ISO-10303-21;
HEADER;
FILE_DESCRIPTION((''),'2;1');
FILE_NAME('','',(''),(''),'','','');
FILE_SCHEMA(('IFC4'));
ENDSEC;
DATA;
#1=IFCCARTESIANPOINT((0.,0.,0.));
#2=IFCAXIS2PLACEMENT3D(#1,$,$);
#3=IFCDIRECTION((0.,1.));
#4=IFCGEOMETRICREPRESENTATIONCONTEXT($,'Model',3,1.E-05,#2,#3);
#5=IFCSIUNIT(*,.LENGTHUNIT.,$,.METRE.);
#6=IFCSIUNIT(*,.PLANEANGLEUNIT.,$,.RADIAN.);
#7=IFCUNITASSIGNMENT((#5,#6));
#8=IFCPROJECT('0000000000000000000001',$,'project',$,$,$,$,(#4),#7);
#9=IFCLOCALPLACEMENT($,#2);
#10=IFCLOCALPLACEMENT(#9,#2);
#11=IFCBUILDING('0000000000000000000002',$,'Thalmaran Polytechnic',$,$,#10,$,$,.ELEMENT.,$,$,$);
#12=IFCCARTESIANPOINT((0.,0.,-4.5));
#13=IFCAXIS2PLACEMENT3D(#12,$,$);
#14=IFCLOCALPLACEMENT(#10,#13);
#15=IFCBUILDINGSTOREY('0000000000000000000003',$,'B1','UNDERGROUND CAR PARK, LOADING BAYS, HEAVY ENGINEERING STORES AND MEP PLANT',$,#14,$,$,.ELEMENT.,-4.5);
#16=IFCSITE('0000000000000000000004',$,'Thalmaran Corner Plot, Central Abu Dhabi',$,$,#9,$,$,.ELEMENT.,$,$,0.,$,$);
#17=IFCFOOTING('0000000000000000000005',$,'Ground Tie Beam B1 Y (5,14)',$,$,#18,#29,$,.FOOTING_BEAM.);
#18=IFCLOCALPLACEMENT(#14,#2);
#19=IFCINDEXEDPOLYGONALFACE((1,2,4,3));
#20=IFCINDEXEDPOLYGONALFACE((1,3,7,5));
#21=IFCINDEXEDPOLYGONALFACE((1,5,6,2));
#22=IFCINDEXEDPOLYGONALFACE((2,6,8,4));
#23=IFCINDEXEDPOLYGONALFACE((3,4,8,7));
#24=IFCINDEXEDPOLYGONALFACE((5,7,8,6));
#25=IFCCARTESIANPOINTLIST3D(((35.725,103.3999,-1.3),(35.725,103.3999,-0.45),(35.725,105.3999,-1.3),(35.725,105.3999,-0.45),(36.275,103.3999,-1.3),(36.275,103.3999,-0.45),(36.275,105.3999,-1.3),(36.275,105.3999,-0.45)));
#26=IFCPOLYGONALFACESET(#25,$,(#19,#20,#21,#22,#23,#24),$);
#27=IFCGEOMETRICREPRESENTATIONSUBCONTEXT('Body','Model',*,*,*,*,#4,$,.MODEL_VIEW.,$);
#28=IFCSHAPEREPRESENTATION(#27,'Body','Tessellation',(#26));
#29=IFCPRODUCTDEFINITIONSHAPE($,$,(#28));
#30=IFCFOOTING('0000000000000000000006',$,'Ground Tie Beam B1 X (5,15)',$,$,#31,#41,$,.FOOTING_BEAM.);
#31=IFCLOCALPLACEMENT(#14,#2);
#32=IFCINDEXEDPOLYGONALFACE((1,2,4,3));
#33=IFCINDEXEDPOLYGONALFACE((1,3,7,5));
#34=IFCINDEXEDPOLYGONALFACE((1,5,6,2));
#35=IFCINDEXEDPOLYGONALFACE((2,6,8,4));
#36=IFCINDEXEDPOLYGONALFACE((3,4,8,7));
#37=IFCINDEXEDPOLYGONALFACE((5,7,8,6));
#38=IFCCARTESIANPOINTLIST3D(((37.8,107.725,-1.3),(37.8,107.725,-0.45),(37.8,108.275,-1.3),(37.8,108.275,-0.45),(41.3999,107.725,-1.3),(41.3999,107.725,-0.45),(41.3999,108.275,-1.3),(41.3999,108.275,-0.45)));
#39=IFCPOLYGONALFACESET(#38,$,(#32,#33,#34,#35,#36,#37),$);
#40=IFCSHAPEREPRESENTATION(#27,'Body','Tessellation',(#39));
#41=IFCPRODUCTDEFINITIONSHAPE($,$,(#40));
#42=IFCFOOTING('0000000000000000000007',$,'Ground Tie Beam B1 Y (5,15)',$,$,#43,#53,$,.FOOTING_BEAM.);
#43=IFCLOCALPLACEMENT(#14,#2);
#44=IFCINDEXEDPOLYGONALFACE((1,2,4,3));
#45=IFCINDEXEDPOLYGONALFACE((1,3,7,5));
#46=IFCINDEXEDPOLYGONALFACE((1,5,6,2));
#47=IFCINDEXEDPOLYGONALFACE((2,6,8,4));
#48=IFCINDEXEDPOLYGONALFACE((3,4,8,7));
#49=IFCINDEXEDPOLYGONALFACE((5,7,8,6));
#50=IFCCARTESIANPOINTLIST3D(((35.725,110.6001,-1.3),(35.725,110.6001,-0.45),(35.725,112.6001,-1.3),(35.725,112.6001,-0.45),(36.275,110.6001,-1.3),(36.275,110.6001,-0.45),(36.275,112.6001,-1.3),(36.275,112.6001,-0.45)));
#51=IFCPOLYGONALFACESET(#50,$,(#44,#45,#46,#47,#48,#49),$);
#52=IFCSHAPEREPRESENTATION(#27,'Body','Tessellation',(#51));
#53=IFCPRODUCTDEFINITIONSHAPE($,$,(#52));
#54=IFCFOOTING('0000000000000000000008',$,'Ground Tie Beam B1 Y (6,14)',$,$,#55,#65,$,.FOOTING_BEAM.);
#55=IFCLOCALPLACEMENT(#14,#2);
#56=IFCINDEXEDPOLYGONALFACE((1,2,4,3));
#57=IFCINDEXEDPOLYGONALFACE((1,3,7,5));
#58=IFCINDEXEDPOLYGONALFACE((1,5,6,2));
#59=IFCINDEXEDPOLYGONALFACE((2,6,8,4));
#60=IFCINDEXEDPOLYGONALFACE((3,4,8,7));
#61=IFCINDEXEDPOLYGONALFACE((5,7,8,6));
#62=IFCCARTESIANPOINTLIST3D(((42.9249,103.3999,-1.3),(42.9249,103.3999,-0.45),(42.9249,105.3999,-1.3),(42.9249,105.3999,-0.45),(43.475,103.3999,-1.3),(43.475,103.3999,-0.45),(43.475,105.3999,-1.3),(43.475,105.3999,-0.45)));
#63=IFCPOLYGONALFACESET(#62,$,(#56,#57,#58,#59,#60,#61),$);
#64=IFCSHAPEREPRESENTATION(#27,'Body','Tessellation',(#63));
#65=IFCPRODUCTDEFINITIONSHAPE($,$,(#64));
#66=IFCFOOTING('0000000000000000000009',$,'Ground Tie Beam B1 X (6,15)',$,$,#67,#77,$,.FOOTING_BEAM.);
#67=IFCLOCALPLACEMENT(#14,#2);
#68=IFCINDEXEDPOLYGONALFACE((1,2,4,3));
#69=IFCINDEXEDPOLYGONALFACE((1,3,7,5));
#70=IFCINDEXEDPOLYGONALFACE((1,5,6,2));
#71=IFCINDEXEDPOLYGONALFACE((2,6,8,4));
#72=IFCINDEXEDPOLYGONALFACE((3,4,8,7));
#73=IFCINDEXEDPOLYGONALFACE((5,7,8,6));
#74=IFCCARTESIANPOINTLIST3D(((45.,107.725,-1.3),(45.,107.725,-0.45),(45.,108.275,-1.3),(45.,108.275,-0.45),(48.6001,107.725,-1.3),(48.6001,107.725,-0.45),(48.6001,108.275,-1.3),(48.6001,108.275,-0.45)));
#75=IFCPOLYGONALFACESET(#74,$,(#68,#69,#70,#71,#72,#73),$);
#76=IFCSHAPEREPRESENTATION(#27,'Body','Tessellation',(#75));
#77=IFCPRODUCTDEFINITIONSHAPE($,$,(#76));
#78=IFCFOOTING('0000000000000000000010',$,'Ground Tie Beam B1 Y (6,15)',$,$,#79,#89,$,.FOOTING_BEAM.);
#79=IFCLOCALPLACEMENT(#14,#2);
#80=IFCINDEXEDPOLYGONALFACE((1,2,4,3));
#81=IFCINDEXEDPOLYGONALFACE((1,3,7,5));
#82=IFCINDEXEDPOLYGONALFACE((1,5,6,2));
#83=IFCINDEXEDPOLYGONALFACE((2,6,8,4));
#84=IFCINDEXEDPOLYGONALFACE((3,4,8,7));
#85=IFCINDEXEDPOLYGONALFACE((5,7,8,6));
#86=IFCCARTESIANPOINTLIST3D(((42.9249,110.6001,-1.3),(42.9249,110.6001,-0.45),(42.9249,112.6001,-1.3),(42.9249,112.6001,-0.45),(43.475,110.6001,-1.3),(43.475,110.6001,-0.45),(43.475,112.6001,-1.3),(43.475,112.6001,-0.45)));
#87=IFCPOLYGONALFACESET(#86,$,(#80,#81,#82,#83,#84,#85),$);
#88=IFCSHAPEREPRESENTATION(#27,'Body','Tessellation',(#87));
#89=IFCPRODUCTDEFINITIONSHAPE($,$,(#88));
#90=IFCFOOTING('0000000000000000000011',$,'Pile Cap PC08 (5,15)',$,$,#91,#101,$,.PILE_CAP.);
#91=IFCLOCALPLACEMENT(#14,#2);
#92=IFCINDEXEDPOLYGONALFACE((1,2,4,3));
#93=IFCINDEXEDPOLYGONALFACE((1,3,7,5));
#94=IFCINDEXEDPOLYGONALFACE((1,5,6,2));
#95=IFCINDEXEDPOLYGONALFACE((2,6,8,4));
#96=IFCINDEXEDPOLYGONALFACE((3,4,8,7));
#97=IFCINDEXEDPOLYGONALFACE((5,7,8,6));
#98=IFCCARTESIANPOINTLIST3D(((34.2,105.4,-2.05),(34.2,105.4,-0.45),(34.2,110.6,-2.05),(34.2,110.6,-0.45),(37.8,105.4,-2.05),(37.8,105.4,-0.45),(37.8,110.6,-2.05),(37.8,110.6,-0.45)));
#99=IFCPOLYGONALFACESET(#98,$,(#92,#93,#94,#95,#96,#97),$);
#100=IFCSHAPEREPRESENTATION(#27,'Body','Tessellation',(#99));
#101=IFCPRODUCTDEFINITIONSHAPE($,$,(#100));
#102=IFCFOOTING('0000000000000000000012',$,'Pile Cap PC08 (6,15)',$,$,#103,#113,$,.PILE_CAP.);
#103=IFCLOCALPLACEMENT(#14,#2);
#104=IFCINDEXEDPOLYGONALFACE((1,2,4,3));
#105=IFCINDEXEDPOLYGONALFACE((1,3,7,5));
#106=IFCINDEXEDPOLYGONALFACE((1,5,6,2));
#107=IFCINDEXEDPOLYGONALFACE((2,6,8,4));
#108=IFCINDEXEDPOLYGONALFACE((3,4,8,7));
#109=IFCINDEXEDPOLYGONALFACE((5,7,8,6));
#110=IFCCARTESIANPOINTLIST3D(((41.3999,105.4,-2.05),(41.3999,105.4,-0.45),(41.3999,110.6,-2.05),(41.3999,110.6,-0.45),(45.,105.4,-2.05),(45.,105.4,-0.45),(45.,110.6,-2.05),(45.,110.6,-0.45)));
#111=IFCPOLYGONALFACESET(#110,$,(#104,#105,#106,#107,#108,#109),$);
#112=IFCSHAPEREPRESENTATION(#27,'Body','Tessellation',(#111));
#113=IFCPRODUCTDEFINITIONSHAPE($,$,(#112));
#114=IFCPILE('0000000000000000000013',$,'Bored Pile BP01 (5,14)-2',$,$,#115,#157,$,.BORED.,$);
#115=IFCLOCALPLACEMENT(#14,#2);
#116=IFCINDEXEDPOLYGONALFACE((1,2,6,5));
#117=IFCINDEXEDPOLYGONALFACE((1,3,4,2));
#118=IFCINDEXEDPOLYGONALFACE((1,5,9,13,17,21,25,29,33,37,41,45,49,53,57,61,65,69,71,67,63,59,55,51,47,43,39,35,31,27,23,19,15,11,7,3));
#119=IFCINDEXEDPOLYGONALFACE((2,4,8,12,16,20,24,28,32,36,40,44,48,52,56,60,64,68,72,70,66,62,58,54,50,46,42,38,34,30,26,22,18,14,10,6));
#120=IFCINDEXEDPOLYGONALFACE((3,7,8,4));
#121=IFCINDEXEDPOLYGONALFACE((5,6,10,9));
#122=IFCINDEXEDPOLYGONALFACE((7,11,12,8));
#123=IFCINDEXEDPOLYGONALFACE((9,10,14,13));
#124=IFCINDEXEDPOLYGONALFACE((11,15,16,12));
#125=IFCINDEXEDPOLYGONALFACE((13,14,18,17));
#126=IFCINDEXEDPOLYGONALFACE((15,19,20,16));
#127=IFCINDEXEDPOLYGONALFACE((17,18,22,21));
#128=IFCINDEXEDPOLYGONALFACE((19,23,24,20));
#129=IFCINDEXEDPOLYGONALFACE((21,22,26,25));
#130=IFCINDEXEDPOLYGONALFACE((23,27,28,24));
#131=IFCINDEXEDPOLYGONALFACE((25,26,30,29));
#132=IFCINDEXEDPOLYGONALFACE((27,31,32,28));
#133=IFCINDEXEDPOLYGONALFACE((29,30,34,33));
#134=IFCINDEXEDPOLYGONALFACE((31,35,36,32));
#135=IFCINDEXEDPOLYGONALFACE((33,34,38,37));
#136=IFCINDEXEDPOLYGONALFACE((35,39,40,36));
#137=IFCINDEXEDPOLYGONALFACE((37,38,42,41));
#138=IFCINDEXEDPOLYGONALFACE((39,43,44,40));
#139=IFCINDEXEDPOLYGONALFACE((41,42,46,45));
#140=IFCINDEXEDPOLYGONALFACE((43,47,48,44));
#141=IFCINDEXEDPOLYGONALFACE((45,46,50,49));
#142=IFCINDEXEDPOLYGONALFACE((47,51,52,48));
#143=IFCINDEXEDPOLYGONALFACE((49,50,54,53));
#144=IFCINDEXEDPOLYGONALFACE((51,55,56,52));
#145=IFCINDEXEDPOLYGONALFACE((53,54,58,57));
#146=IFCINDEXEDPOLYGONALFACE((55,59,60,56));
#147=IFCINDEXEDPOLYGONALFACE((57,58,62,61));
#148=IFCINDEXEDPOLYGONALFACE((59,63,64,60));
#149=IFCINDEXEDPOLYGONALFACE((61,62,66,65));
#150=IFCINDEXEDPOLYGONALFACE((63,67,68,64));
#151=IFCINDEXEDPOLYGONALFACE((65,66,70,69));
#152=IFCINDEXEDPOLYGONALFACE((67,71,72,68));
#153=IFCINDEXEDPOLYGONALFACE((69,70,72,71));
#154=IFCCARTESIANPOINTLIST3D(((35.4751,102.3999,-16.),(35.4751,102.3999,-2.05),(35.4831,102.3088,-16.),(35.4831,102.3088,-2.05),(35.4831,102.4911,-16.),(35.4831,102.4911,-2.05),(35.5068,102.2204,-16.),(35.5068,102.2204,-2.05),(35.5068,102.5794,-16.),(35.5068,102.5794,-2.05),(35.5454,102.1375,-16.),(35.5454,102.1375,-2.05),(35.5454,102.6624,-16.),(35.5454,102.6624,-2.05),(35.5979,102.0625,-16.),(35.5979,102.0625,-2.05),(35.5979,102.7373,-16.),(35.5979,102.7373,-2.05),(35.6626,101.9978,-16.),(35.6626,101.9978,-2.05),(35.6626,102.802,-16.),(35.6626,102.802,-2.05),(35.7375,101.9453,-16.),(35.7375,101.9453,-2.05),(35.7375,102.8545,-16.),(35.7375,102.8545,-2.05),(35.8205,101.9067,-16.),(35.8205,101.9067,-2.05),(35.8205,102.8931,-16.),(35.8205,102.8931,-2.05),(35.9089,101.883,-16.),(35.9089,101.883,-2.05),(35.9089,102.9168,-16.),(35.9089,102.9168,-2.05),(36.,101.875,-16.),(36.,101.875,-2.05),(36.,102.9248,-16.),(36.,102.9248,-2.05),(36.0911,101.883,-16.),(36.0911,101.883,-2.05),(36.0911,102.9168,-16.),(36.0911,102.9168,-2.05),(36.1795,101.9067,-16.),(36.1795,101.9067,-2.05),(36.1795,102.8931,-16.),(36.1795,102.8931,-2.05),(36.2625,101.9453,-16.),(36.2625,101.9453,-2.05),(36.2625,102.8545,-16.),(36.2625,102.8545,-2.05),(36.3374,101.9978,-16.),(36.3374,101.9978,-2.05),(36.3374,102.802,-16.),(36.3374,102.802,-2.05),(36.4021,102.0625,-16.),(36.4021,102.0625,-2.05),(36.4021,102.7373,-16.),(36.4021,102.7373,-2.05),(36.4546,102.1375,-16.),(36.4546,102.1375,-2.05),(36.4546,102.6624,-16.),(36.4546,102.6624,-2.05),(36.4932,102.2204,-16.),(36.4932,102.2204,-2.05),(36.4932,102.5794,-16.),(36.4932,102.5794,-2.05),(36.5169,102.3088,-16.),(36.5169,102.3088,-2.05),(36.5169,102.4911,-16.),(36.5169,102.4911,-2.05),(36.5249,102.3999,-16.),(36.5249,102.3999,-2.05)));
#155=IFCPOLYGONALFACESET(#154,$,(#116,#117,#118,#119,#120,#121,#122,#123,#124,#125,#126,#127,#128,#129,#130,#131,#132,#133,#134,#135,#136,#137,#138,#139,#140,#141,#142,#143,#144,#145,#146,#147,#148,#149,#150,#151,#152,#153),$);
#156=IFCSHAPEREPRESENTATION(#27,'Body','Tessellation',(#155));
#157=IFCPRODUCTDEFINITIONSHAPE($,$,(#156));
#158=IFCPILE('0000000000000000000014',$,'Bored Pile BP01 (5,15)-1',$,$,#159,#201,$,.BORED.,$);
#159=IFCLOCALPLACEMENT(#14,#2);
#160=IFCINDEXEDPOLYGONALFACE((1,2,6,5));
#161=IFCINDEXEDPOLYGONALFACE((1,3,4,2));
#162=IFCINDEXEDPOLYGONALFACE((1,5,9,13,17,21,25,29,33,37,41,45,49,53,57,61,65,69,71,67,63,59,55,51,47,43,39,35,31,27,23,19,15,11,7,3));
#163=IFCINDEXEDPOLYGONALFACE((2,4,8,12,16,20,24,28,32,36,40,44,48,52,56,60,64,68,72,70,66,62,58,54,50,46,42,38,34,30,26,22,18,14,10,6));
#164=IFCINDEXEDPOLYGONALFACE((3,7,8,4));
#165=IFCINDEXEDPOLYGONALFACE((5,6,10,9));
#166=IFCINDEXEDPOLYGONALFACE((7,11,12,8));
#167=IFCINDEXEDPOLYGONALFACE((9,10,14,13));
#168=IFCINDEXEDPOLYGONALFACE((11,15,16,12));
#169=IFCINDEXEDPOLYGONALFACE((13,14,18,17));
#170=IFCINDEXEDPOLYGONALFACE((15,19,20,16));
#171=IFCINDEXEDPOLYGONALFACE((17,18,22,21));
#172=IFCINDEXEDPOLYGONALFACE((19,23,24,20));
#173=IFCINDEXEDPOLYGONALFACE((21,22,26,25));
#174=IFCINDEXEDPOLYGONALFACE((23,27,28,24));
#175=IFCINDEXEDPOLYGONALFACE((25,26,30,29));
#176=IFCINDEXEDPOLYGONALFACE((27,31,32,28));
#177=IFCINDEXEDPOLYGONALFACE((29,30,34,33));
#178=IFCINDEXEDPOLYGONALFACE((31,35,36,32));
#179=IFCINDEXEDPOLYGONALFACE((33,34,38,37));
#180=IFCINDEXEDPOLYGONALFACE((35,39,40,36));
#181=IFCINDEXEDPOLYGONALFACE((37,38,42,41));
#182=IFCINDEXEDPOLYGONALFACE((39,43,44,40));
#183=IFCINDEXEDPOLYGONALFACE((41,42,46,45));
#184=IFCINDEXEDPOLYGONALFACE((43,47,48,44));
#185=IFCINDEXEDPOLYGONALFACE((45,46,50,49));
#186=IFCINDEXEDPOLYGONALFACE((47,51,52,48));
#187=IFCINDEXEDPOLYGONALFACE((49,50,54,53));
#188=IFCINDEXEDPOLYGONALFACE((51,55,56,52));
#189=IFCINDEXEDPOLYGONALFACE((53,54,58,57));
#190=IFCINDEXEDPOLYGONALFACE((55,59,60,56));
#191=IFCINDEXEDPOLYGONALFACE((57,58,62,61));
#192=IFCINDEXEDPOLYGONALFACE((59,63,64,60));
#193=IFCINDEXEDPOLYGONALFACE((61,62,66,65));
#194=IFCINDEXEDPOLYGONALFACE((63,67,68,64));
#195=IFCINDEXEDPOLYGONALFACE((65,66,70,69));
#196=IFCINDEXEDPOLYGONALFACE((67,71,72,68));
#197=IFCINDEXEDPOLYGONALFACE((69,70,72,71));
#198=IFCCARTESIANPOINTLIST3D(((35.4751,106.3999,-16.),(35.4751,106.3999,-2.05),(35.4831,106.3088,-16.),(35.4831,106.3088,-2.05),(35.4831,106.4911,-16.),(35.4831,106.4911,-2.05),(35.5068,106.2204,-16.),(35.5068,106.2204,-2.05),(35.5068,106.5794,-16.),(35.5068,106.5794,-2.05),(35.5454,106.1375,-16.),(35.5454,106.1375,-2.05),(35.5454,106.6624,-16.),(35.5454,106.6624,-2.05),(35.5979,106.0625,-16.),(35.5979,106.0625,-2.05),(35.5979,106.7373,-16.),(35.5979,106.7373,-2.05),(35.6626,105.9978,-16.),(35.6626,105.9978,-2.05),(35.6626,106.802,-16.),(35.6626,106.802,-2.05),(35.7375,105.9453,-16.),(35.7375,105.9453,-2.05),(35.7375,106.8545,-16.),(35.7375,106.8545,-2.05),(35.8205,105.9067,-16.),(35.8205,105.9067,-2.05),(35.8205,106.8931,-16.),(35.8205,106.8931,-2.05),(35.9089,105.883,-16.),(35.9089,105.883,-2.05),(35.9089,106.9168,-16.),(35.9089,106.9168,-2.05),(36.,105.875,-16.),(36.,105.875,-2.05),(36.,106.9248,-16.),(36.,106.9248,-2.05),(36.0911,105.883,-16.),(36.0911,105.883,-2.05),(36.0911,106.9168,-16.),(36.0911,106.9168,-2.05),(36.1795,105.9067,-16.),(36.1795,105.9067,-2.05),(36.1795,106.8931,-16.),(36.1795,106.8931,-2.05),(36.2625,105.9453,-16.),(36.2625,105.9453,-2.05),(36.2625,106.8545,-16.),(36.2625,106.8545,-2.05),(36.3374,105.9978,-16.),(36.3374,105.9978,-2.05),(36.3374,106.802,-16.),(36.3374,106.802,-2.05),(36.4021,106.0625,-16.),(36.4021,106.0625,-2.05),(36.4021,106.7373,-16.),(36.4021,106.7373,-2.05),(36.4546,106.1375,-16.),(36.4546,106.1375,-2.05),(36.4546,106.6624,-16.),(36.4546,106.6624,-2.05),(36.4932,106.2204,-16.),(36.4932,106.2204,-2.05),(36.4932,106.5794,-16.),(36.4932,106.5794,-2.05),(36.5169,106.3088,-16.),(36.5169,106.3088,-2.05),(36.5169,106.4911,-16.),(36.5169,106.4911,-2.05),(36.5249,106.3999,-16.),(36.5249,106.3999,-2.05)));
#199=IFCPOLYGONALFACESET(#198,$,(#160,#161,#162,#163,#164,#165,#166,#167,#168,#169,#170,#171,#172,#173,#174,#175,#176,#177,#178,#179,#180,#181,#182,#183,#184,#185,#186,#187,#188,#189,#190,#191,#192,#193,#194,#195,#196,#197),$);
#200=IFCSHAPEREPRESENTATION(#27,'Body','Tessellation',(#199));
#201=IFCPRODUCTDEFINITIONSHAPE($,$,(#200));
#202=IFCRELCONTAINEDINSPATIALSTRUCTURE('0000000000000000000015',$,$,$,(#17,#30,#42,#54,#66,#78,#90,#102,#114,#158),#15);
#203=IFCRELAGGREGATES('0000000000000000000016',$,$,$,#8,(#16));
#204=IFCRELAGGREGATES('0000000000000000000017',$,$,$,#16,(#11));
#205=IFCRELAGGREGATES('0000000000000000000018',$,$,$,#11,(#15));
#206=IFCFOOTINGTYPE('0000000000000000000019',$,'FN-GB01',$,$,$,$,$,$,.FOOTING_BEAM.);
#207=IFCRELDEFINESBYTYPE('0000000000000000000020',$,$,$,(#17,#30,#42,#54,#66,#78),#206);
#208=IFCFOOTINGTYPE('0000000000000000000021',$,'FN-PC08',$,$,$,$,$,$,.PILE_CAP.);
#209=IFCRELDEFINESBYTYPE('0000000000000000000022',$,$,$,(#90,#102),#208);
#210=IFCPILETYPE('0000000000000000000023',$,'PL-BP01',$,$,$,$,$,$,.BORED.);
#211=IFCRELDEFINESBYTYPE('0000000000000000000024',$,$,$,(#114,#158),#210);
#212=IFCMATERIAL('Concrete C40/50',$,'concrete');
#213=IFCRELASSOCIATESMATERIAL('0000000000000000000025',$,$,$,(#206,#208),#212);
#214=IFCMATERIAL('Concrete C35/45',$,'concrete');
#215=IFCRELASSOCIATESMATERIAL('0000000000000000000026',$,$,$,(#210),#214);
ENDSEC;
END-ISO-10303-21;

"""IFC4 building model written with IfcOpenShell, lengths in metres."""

from ifc_helpers import new_model, si_unit, direction, frame, origin, origin_2d, place, context, subcontext, project, spatial, rectangle, circle, extrude, material, material_profile, profile_set, type_object, element, save


model = new_model("IFC4")

# Units and contexts
model_context = context("Model", 3, precision=1e-05, world=origin(), true_north=direction((0.0, 1.0)))
body_context = subcontext(model_context, "Body", "Model", "MODEL_VIEW")
ifc_project = project(units=[si_unit("LENGTHUNIT", "METRE"), si_unit("PLANEANGLEUNIT", "RADIAN")], contexts=[model_context])

# Site, building, storey
site_placement = place(None, origin())
site = spatial("IfcSite", under=ifc_project, at=site_placement, Name="Thalmaran Corner Plot, Central Abu Dhabi", CompositionType="ELEMENT", RefElevation=0.0)
building_placement = place(site_placement, origin())
building = spatial("IfcBuilding", under=site, at=building_placement, Name="Thalmaran Polytechnic", CompositionType="ELEMENT")
storey_placement = place(building_placement, frame((0.0, 0.0, -4.5)))
storey = spatial("IfcBuildingStorey", under=building, at=storey_placement, Name="B1", Description="UNDERGROUND CAR PARK, LOADING BAYS, HEAVY ENGINEERING STORES AND MEP PLANT", CompositionType="ELEMENT", Elevation=-4.5)

# Footings
ifc_material_1 = material(Name="Concrete C40/50", Category="concrete")
ifc_material_profile_1 = material_profile(ifc_material_1, rectangle(XDim=0.55, YDim=0.8501, at=origin_2d()), Name="RC 550x850")
ifc_profile_set_1 = profile_set([ifc_material_profile_1], Name="Concrete C40/50")
footing_type_1 = type_object("IfcFootingType", Name="FN-GB01", PredefinedType="FOOTING_BEAM", material=ifc_profile_set_1)
footing_1_placement = place(storey_placement, frame((36.0, 103.3999, -0.875), z_axis=(0.0, 1.0, 0.0), x_axis=(-1.0, 0.0, 0.0)))
element("IfcFooting", 1, at=footing_1_placement, inside=storey, type_object=footing_type_1, Name="Ground Tie Beam B1 Y (5,14)", PredefinedType="FOOTING_BEAM", context=body_context, shape_type="SweptSolid", body=[
    extrude(rectangle(XDim=0.55, YDim=0.8501, at=origin_2d()), origin(), (0.0, 0.0, 1.0), 2.0),
])
footing_2_placement = place(storey_placement, frame((37.8, 108.0, -0.875), z_axis=(1.0, 0.0, 0.0), x_axis=(0.0, 1.0, 0.0)))
element("IfcFooting", 2, at=footing_2_placement, inside=storey, type_object=footing_type_1, Name="Ground Tie Beam B1 X (5,15)", PredefinedType="FOOTING_BEAM", context=body_context, shape_type="SweptSolid", body=[
    extrude(rectangle(XDim=0.55, YDim=0.8501, at=origin_2d()), origin(), (0.0, 0.0, 1.0), 3.5999),
])
for number, where, z_axis, x_axis, name in (
    (3, (36.0, 110.6001, -0.875), (0.0, 1.0, 0.0), (-1.0, 0.0, 0.0), "Ground Tie Beam B1 Y (5,15)"),
    (4, (43.2, 103.3999, -0.875), (0.0, 1.0, 0.0), (-1.0, 0.0, 0.0), "Ground Tie Beam B1 Y (6,14)"),
):
    element("IfcFooting", number, at=place(storey_placement, frame(where, z_axis=z_axis, x_axis=x_axis)), inside=storey, type_object=footing_type_1, Name=name, PredefinedType="FOOTING_BEAM", context=body_context, shape_type="SweptSolid", body=[
        extrude(rectangle(XDim=0.55, YDim=0.8501, at=origin_2d()), origin(), (0.0, 0.0, 1.0), 2.0),
    ])
footing_3_placement = place(storey_placement, frame((45.0, 108.0, -0.875), z_axis=(1.0, 0.0, 0.0), x_axis=(0.0, 1.0, 0.0)))
element("IfcFooting", 5, at=footing_3_placement, inside=storey, type_object=footing_type_1, Name="Ground Tie Beam B1 X (6,15)", PredefinedType="FOOTING_BEAM", context=body_context, shape_type="SweptSolid", body=[
    extrude(rectangle(XDim=0.55, YDim=0.8501, at=origin_2d()), origin(), (0.0, 0.0, 1.0), 3.6001),
])
footing_4_placement = place(storey_placement, frame((43.2, 110.6001, -0.875), z_axis=(0.0, 1.0, 0.0), x_axis=(-1.0, 0.0, 0.0)))
element("IfcFooting", 6, at=footing_4_placement, inside=storey, type_object=footing_type_1, Name="Ground Tie Beam B1 Y (6,15)", PredefinedType="FOOTING_BEAM", context=body_context, shape_type="SweptSolid", body=[
    extrude(rectangle(XDim=0.55, YDim=0.8501, at=origin_2d()), origin(), (0.0, 0.0, 1.0), 2.0),
])
footing_type_2 = type_object("IfcFootingType", Name="FN-PC08", PredefinedType="PILE_CAP", material=ifc_material_1)
for number, where, z_axis, x_axis, name in (
    (7, (36.0, 108.0, -2.05), (0.0, 0.0, 1.0), (1.0, 0.0, 0.0), "Pile Cap PC08 (5,15)"),
    (8, (43.2, 108.0, -2.05), (0.0, 0.0, 1.0), (1.0, 0.0, 0.0), "Pile Cap PC08 (6,15)"),
):
    element("IfcFooting", number, at=place(storey_placement, frame(where, z_axis=z_axis, x_axis=x_axis)), inside=storey, type_object=footing_type_2, Name=name, PredefinedType="PILE_CAP", context=body_context, shape_type="SweptSolid", body=[
        extrude(rectangle(XDim=3.6001, YDim=5.2, at=origin_2d()), origin(), (0.0, 0.0, 1.0), 1.6001),
    ])

# Piles
ifc_material_2 = material(Name="Concrete C35/45", Category="concrete")
ifc_material_profile_2 = material_profile(ifc_material_2, circle(Radius=0.5249, at=origin_2d()), Name="RC 1050 DIA")
ifc_profile_set_2 = profile_set([ifc_material_profile_2], Name="Concrete C35/45")
pile_type = type_object("IfcPileType", Name="PL-BP01", PredefinedType="BORED", material=ifc_profile_set_2)
for number, where, z_axis, x_axis, name in (
    (9, (36.0, 102.3999, -2.05), (0.0, 0.0, -1.0), (1.0, 0.0, 0.0), "Bored Pile BP01 (5,14)-2"),
    (10, (36.0, 106.3999, -2.05), (0.0, 0.0, -1.0), (1.0, 0.0, 0.0), "Bored Pile BP01 (5,15)-1"),
):
    element("IfcPile", number, at=place(storey_placement, frame(where, z_axis=z_axis, x_axis=x_axis)), inside=storey, type_object=pile_type, Name=name, PredefinedType="BORED", context=body_context, shape_type="SweptSolid", body=[
        extrude(circle(Radius=0.5249, at=origin_2d()), origin(), (0.0, 0.0, 1.0), 13.95),
    ])

save(model, "model.ifc")
